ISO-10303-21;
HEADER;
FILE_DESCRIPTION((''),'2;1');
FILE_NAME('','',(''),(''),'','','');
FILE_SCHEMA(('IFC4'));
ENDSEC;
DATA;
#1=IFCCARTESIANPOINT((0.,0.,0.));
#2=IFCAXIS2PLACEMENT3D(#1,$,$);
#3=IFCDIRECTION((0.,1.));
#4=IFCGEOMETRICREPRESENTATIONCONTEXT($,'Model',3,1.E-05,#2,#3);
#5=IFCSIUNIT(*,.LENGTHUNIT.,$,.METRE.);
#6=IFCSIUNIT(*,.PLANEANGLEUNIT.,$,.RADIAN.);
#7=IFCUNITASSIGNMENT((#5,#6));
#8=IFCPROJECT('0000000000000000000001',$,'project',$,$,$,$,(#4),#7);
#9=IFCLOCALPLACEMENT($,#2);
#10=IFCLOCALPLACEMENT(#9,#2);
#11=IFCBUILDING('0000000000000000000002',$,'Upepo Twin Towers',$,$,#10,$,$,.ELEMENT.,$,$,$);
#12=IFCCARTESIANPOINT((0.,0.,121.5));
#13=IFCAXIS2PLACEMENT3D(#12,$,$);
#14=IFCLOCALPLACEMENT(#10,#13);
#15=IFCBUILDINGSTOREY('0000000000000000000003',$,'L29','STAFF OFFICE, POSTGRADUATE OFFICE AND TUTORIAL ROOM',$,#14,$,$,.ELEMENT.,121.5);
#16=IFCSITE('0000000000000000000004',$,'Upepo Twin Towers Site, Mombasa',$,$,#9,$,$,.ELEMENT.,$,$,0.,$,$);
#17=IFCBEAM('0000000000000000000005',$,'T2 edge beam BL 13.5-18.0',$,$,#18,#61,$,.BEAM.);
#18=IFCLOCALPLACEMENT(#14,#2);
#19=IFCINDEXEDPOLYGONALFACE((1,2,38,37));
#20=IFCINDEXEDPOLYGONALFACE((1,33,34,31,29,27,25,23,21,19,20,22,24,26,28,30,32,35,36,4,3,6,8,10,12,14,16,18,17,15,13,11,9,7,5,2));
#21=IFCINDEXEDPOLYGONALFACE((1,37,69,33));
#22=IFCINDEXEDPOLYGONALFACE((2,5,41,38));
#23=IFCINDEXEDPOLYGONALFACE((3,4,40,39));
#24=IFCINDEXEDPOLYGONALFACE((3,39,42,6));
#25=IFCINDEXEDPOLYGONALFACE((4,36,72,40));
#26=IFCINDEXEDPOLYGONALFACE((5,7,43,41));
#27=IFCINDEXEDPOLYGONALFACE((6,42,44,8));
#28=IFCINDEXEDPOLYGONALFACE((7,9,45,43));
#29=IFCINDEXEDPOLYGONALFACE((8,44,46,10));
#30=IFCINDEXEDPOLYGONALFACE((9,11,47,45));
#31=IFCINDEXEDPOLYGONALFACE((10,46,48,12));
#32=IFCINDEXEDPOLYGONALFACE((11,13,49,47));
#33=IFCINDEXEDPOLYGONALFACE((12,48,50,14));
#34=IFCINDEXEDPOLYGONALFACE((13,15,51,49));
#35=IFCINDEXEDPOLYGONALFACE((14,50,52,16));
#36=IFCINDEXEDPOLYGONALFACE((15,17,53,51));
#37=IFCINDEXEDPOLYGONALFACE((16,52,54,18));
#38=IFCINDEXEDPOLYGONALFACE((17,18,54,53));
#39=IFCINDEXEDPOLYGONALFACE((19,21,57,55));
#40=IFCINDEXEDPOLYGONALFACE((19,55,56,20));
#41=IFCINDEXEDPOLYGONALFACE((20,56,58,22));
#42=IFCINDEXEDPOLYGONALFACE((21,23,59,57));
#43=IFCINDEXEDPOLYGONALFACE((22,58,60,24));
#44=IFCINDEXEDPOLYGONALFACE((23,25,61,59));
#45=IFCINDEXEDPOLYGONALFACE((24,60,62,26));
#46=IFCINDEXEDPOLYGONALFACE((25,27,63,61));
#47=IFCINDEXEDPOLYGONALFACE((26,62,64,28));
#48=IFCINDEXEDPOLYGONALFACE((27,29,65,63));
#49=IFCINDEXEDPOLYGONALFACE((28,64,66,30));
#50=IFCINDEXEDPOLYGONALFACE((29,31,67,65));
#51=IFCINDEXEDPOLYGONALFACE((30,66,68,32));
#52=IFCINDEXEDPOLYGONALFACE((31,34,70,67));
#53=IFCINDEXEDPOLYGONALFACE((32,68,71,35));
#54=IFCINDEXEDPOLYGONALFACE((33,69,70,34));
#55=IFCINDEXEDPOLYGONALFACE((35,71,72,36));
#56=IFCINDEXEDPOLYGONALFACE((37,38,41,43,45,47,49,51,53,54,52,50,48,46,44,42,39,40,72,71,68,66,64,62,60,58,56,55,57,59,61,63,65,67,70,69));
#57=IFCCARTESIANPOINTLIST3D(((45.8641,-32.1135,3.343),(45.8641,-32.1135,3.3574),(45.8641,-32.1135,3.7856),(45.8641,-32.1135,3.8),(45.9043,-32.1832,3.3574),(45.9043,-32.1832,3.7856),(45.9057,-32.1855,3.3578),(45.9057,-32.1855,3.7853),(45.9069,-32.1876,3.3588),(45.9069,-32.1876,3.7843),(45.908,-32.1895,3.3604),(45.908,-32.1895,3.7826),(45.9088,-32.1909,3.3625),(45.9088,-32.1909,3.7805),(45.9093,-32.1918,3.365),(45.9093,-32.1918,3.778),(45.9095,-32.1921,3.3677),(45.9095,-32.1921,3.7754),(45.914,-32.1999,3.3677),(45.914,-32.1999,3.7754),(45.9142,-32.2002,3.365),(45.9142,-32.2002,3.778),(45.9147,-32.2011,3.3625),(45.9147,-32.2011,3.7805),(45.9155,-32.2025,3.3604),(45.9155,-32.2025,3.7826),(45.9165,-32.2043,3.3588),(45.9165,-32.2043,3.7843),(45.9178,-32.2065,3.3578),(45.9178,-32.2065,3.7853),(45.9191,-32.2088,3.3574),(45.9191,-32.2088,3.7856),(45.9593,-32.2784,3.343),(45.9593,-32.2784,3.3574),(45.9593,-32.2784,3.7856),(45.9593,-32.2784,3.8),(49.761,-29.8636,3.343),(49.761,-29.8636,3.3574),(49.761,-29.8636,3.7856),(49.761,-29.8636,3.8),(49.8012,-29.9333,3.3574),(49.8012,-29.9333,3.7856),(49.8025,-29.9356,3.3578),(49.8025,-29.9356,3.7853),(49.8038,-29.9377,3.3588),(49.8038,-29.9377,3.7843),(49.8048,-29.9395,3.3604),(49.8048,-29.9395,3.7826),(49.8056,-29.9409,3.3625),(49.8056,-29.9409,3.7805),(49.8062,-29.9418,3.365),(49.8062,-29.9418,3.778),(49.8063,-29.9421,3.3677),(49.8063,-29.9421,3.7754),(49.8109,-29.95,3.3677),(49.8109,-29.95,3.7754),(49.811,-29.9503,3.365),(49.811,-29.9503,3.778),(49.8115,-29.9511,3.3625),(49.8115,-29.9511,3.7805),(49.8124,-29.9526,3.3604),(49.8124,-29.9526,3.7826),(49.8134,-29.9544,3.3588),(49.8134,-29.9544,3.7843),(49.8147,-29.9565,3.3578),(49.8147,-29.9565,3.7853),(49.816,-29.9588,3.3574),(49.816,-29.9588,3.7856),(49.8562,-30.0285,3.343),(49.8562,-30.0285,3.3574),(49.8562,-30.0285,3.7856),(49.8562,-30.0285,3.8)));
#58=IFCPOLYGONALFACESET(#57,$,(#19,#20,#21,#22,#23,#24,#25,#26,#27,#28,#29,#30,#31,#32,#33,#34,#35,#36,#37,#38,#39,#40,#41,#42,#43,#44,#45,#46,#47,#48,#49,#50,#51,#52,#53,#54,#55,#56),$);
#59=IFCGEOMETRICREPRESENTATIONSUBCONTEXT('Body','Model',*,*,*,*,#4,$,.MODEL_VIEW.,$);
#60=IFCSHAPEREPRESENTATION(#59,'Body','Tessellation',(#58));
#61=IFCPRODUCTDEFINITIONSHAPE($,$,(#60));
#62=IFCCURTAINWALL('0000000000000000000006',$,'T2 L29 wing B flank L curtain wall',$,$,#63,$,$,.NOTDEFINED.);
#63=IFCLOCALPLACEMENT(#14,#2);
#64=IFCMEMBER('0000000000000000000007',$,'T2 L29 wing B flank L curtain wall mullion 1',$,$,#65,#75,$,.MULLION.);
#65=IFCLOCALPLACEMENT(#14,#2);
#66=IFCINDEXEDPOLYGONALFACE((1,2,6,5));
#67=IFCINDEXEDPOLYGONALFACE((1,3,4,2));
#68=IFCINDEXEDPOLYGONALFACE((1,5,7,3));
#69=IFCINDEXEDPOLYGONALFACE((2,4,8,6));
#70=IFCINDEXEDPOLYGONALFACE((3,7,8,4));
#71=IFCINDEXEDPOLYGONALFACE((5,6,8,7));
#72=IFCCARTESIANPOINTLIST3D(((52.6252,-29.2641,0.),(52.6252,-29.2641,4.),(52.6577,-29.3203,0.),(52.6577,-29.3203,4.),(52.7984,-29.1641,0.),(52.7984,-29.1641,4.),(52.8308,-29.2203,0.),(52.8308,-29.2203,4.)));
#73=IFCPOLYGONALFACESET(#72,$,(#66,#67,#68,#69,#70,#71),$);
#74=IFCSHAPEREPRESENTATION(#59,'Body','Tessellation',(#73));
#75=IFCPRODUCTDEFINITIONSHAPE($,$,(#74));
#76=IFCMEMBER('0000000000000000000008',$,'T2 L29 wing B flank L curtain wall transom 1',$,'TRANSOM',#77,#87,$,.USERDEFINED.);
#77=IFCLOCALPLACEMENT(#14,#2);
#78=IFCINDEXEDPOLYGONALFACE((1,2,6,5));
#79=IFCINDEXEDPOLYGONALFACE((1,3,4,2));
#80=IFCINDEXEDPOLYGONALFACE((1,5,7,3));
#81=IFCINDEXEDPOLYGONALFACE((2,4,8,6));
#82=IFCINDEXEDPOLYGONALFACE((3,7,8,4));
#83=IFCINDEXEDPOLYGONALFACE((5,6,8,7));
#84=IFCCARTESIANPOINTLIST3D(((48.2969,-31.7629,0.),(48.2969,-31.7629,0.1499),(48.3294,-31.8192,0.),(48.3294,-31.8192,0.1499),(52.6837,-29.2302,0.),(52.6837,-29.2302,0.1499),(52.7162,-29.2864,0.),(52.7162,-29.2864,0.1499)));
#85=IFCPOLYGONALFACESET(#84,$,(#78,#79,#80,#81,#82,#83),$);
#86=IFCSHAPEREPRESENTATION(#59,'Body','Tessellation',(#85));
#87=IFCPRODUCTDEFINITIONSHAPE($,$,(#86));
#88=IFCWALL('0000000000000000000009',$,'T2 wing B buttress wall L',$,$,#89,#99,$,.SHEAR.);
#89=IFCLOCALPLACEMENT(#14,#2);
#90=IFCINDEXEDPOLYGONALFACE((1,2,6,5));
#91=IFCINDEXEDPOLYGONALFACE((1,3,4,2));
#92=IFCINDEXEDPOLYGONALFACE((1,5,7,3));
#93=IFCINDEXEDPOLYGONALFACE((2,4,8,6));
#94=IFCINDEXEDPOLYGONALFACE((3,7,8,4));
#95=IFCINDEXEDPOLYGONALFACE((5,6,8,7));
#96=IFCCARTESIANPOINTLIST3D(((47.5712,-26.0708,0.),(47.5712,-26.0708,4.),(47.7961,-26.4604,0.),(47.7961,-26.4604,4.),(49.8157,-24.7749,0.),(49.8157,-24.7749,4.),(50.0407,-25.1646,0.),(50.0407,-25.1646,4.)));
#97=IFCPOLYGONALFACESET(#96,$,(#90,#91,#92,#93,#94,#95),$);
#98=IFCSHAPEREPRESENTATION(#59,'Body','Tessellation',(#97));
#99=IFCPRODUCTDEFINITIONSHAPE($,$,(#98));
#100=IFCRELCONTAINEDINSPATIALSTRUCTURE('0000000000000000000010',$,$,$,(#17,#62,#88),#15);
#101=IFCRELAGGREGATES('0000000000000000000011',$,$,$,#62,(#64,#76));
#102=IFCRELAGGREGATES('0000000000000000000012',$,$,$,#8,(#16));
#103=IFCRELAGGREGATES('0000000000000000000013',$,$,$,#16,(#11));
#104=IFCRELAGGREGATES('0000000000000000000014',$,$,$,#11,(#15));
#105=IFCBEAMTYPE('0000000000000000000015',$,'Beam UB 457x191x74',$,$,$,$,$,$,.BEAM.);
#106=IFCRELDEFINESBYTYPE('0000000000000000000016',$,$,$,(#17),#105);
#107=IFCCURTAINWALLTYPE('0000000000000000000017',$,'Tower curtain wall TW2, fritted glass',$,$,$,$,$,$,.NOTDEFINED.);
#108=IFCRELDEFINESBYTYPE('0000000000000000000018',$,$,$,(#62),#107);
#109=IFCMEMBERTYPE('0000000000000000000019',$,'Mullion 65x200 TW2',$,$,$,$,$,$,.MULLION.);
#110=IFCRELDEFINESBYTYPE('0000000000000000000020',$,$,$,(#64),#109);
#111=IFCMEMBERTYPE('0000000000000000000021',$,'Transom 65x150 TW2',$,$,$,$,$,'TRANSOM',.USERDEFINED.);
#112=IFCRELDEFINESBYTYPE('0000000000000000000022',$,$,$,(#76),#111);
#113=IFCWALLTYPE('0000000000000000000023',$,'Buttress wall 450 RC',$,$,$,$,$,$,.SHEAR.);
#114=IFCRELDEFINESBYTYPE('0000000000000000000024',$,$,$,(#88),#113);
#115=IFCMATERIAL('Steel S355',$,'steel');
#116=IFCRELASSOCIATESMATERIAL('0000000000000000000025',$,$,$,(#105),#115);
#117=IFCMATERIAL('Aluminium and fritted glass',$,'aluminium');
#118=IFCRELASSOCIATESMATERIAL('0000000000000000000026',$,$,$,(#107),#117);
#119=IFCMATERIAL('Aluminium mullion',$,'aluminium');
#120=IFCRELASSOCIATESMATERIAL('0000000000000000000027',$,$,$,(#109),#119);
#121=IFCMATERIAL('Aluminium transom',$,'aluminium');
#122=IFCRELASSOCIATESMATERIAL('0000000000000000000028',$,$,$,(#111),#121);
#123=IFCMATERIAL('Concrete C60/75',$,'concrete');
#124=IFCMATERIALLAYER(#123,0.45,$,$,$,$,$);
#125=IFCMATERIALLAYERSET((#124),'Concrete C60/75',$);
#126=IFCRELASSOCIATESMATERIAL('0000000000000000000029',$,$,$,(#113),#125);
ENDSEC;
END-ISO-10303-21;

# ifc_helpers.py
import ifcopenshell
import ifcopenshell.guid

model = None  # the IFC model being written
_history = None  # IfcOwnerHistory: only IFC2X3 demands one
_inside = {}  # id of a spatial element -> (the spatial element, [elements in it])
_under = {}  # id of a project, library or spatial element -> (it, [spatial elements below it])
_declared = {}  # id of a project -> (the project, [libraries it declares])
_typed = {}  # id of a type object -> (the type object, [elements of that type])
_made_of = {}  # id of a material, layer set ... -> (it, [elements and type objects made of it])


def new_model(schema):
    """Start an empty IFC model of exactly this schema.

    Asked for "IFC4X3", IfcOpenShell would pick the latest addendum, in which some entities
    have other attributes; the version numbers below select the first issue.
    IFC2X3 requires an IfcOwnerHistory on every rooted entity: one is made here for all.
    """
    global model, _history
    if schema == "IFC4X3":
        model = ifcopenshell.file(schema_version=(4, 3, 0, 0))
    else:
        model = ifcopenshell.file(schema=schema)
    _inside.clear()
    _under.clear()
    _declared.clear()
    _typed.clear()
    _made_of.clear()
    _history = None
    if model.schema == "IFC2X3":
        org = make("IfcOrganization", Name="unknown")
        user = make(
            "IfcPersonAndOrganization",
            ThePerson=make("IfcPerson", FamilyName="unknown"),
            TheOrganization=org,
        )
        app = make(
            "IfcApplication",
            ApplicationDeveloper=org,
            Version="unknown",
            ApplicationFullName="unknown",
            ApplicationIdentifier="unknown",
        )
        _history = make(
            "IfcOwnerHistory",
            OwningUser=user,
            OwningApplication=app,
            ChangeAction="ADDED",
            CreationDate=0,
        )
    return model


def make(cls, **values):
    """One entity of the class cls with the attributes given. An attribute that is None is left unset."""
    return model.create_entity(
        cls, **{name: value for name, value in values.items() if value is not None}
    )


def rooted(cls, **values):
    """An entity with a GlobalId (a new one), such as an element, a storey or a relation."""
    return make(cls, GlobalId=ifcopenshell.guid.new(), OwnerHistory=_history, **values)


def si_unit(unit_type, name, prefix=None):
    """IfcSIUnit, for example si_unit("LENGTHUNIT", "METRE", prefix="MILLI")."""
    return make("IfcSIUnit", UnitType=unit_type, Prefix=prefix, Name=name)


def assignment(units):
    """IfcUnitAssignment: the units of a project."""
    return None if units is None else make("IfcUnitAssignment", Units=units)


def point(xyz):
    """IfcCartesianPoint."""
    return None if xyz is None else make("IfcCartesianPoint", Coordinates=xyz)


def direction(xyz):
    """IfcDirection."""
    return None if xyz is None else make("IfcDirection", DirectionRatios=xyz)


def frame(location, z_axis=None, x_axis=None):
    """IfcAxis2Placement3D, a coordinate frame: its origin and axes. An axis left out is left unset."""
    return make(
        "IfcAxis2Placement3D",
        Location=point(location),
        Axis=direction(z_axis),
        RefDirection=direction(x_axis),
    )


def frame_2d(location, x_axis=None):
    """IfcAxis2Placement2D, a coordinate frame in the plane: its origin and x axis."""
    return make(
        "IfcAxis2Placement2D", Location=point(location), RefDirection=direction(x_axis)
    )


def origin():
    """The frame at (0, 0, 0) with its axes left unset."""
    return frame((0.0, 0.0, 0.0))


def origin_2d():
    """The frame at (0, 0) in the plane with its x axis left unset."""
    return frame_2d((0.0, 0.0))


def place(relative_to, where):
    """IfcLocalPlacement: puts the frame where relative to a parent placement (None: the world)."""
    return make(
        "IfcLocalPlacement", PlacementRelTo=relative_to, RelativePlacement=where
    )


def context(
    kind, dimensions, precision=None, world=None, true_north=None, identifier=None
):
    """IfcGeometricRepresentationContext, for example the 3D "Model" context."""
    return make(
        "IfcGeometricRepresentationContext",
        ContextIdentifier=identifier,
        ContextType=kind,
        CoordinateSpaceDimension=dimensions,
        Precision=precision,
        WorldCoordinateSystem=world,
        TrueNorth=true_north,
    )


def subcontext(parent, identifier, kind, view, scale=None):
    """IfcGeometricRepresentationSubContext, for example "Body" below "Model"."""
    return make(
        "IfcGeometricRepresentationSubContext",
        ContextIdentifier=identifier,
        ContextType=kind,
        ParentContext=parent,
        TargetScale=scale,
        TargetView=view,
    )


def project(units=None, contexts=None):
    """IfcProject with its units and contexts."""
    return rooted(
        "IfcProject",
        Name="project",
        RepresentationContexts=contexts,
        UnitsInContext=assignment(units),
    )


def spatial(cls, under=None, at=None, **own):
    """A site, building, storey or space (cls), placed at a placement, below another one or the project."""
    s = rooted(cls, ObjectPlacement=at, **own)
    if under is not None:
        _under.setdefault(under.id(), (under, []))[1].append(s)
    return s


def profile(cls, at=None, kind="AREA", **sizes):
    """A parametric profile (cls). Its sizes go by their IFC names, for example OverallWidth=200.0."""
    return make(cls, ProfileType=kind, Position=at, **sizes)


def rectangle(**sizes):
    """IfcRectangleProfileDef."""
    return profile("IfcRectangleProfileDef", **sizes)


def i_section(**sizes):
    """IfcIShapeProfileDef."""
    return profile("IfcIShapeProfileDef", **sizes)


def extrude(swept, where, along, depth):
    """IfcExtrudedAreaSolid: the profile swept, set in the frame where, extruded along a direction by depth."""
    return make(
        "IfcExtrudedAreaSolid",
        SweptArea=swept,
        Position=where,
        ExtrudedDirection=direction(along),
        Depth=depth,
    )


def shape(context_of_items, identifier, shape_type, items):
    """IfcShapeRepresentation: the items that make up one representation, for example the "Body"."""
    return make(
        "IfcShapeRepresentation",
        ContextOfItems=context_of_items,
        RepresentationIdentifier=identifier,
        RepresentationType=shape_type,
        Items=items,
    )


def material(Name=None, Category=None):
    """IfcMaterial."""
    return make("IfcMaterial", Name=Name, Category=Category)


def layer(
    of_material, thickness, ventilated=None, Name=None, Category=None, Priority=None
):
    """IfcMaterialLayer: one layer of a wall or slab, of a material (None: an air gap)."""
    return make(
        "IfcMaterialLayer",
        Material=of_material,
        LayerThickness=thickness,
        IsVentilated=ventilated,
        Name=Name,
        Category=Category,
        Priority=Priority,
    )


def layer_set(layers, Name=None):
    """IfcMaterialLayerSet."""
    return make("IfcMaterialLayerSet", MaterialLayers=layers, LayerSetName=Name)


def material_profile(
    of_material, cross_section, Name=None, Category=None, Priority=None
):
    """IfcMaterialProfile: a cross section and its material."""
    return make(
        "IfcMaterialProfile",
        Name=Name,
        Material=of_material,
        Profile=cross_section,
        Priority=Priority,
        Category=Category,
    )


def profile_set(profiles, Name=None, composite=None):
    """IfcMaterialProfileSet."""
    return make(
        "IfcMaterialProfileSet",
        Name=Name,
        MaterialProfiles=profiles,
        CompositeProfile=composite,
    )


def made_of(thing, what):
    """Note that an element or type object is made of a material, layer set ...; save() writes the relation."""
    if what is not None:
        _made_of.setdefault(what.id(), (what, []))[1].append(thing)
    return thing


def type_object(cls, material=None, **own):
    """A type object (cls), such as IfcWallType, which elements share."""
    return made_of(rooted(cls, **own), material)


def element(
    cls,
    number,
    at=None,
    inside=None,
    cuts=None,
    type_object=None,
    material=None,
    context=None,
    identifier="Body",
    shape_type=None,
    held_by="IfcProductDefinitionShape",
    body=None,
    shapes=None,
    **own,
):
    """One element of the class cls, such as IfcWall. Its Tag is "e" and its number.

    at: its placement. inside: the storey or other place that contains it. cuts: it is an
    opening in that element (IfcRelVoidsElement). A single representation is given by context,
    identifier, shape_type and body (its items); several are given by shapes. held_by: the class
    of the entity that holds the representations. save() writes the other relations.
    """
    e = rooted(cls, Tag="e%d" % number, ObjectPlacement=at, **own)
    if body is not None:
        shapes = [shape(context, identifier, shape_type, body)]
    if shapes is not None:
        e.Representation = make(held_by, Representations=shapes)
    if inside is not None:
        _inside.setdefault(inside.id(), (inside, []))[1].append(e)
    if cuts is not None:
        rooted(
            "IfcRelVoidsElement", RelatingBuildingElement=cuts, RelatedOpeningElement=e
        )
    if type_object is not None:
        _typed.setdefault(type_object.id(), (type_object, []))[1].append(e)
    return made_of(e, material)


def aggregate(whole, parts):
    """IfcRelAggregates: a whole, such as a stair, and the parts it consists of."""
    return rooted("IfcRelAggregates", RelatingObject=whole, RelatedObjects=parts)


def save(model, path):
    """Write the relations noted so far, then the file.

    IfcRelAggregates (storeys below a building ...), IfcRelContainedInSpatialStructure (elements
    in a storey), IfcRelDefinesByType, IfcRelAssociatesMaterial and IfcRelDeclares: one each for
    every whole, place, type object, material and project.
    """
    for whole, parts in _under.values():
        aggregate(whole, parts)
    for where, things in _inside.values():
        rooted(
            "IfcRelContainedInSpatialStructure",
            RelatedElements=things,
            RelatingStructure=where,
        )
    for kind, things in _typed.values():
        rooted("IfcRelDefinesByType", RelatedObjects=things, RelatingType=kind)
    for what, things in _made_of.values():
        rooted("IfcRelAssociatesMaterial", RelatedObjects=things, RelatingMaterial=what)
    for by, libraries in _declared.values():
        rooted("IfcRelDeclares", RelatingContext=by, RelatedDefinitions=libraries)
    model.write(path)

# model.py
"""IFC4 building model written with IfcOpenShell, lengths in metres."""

from ifc_helpers import new_model, si_unit, direction, frame, frame_2d, origin, origin_2d, place, context, subcontext, project, spatial, rectangle, i_section, extrude, material, layer, layer_set, material_profile, profile_set, type_object, element, aggregate, save


model = new_model("IFC4")

# Units and contexts
model_context = context("Model", 3, precision=1e-05, world=origin(), true_north=direction((0.0, 1.0)))
body_context = subcontext(model_context, "Body", "Model", "MODEL_VIEW")
ifc_project = project(units=[si_unit("LENGTHUNIT", "METRE"), si_unit("PLANEANGLEUNIT", "RADIAN")], contexts=[model_context])

# Site, building, storey
site_placement = place(None, origin())
site = spatial("IfcSite", under=ifc_project, at=site_placement, Name="Upepo Twin Towers Site, Mombasa", CompositionType="ELEMENT", RefElevation=0.0)
building_placement = place(site_placement, origin())
building = spatial("IfcBuilding", under=site, at=building_placement, Name="Upepo Twin Towers", CompositionType="ELEMENT")
storey_placement = place(building_placement, frame((0.0, 0.0, 121.5)))
storey = spatial("IfcBuildingStorey", under=building, at=storey_placement, Name="L29", Description="STAFF OFFICE, POSTGRADUATE OFFICE AND TUTORIAL ROOM", CompositionType="ELEMENT", Elevation=121.5)

# Beam
ifc_material_1 = material(Name="Steel S355", Category="steel")
ifc_material_profile_1 = material_profile(ifc_material_1, i_section(OverallWidth=0.1904, OverallDepth=0.457, WebThickness=0.009, FlangeThickness=0.0144, FilletRadius=0.0103, at=origin_2d()), Name="UB 457x191x74")
ifc_profile_set_1 = profile_set([ifc_material_profile_1], Name="Steel S355")
beam_type = type_object("IfcBeamType", Name="Beam UB 457x191x74", PredefinedType="BEAM", material=ifc_profile_set_1)
beam_placement = place(storey_placement, frame((49.8086, -29.946, 3.5715), z_axis=(-0.866018, -0.500014, 0.0), x_axis=(0.500014, -0.866018, 0.0)))
element("IfcBeam", 1, at=beam_placement, inside=storey, type_object=beam_type, Name="T2 edge beam BL 13.5-18.0", PredefinedType="BEAM", context=body_context, shape_type="SweptSolid", body=[
    extrude(i_section(OverallWidth=0.1904, OverallDepth=0.457, WebThickness=0.009, FlangeThickness=0.0144, FilletRadius=0.0103, at=origin_2d()), origin(), (0.0, 0.0, 1.0), 4.4998),
])

# Curtain wall, members
ifc_material_2 = material(Name="Aluminium and fritted glass", Category="aluminium")
curtain_wall_type = type_object("IfcCurtainWallType", Name="Tower curtain wall TW2, fritted glass", PredefinedType="NOTDEFINED", material=ifc_material_2)
curtain_wall_placement = place(storey_placement, origin())
curtain_wall = element("IfcCurtainWall", 2, at=curtain_wall_placement, inside=storey, type_object=curtain_wall_type, Name="T2 L29 wing B flank L curtain wall", PredefinedType="NOTDEFINED")
ifc_material_3 = material(Name="Aluminium mullion", Category="aluminium")
ifc_material_profile_2 = material_profile(ifc_material_3, rectangle(XDim=0.0649, YDim=0.2, at=origin_2d()), Name="MULLION 65x200")
ifc_profile_set_2 = profile_set([ifc_material_profile_2], Name="Aluminium mullion")
member_type_1 = type_object("IfcMemberType", Name="Mullion 65x200 TW2", PredefinedType="MULLION", material=ifc_profile_set_2)
member_1_placement = place(storey_placement, frame((52.728, -29.2422, 0.0), z_axis=(0.0, 0.0, 1.0), x_axis=(0.5, -0.866025, 0.0)))
member_1 = element("IfcMember", 3, at=member_1_placement, type_object=member_type_1, Name="T2 L29 wing B flank L curtain wall mullion 1", PredefinedType="MULLION", context=body_context, shape_type="SweptSolid", body=[
    extrude(rectangle(XDim=0.0649, YDim=0.2, at=origin_2d()), origin(), (0.0, 0.0, 1.0), 4.0),
])
ifc_material_4 = material(Name="Aluminium transom", Category="aluminium")
ifc_material_profile_3 = material_profile(ifc_material_4, rectangle(XDim=0.0649, YDim=0.1499, at=origin_2d()), Name="TRANSOM 65x150")
ifc_profile_set_3 = profile_set([ifc_material_profile_3], Name="Aluminium transom")
member_type_2 = type_object("IfcMemberType", Name="Transom 65x150 TW2", ElementType="TRANSOM", PredefinedType="USERDEFINED", material=ifc_profile_set_3)
member_2_placement = place(storey_placement, frame((52.7, -29.2583, 0.075), z_axis=(-0.866022, -0.500006, 0.0), x_axis=(0.500006, -0.866022, 0.0)))
member_2 = element("IfcMember", 4, at=member_2_placement, type_object=member_type_2, Name="T2 L29 wing B flank L curtain wall transom 1", ObjectType="TRANSOM", PredefinedType="USERDEFINED", context=body_context, shape_type="SweptSolid", body=[
    extrude(rectangle(XDim=0.0649, YDim=0.1499, at=origin_2d()), origin(), (0.0, 0.0, 1.0), 5.0654),
])
aggregate(curtain_wall, [member_1, member_2])

# Wall
ifc_material_5 = material(Name="Concrete C60/75", Category="concrete")
ifc_layer_1 = layer(ifc_material_5, 0.45)
ifc_layer_set_1 = layer_set([ifc_layer_1], Name="Concrete C60/75")
wall_type_1 = type_object("IfcWallType", Name="Buttress wall 450 RC", PredefinedType="SHEAR", material=ifc_layer_set_1)
wall_1_placement = place(storey_placement, frame((49.9282, -24.9697, 0.0), z_axis=(0.0, 0.0, 1.0), x_axis=(-0.866032, -0.499989, 0.0)))
element("IfcWall", 5, at=wall_1_placement, inside=storey, type_object=wall_type_1, Name="T2 wing B buttress wall L", PredefinedType="SHEAR", context=body_context, shape_type="SweptSolid", body=[
    extrude(rectangle(XDim=2.5918, YDim=0.45, at=frame_2d((1.2959, 0.0))), origin(), (0.0, 0.0, 1.0), 4.0),
])

save(model, "model.ifc")
